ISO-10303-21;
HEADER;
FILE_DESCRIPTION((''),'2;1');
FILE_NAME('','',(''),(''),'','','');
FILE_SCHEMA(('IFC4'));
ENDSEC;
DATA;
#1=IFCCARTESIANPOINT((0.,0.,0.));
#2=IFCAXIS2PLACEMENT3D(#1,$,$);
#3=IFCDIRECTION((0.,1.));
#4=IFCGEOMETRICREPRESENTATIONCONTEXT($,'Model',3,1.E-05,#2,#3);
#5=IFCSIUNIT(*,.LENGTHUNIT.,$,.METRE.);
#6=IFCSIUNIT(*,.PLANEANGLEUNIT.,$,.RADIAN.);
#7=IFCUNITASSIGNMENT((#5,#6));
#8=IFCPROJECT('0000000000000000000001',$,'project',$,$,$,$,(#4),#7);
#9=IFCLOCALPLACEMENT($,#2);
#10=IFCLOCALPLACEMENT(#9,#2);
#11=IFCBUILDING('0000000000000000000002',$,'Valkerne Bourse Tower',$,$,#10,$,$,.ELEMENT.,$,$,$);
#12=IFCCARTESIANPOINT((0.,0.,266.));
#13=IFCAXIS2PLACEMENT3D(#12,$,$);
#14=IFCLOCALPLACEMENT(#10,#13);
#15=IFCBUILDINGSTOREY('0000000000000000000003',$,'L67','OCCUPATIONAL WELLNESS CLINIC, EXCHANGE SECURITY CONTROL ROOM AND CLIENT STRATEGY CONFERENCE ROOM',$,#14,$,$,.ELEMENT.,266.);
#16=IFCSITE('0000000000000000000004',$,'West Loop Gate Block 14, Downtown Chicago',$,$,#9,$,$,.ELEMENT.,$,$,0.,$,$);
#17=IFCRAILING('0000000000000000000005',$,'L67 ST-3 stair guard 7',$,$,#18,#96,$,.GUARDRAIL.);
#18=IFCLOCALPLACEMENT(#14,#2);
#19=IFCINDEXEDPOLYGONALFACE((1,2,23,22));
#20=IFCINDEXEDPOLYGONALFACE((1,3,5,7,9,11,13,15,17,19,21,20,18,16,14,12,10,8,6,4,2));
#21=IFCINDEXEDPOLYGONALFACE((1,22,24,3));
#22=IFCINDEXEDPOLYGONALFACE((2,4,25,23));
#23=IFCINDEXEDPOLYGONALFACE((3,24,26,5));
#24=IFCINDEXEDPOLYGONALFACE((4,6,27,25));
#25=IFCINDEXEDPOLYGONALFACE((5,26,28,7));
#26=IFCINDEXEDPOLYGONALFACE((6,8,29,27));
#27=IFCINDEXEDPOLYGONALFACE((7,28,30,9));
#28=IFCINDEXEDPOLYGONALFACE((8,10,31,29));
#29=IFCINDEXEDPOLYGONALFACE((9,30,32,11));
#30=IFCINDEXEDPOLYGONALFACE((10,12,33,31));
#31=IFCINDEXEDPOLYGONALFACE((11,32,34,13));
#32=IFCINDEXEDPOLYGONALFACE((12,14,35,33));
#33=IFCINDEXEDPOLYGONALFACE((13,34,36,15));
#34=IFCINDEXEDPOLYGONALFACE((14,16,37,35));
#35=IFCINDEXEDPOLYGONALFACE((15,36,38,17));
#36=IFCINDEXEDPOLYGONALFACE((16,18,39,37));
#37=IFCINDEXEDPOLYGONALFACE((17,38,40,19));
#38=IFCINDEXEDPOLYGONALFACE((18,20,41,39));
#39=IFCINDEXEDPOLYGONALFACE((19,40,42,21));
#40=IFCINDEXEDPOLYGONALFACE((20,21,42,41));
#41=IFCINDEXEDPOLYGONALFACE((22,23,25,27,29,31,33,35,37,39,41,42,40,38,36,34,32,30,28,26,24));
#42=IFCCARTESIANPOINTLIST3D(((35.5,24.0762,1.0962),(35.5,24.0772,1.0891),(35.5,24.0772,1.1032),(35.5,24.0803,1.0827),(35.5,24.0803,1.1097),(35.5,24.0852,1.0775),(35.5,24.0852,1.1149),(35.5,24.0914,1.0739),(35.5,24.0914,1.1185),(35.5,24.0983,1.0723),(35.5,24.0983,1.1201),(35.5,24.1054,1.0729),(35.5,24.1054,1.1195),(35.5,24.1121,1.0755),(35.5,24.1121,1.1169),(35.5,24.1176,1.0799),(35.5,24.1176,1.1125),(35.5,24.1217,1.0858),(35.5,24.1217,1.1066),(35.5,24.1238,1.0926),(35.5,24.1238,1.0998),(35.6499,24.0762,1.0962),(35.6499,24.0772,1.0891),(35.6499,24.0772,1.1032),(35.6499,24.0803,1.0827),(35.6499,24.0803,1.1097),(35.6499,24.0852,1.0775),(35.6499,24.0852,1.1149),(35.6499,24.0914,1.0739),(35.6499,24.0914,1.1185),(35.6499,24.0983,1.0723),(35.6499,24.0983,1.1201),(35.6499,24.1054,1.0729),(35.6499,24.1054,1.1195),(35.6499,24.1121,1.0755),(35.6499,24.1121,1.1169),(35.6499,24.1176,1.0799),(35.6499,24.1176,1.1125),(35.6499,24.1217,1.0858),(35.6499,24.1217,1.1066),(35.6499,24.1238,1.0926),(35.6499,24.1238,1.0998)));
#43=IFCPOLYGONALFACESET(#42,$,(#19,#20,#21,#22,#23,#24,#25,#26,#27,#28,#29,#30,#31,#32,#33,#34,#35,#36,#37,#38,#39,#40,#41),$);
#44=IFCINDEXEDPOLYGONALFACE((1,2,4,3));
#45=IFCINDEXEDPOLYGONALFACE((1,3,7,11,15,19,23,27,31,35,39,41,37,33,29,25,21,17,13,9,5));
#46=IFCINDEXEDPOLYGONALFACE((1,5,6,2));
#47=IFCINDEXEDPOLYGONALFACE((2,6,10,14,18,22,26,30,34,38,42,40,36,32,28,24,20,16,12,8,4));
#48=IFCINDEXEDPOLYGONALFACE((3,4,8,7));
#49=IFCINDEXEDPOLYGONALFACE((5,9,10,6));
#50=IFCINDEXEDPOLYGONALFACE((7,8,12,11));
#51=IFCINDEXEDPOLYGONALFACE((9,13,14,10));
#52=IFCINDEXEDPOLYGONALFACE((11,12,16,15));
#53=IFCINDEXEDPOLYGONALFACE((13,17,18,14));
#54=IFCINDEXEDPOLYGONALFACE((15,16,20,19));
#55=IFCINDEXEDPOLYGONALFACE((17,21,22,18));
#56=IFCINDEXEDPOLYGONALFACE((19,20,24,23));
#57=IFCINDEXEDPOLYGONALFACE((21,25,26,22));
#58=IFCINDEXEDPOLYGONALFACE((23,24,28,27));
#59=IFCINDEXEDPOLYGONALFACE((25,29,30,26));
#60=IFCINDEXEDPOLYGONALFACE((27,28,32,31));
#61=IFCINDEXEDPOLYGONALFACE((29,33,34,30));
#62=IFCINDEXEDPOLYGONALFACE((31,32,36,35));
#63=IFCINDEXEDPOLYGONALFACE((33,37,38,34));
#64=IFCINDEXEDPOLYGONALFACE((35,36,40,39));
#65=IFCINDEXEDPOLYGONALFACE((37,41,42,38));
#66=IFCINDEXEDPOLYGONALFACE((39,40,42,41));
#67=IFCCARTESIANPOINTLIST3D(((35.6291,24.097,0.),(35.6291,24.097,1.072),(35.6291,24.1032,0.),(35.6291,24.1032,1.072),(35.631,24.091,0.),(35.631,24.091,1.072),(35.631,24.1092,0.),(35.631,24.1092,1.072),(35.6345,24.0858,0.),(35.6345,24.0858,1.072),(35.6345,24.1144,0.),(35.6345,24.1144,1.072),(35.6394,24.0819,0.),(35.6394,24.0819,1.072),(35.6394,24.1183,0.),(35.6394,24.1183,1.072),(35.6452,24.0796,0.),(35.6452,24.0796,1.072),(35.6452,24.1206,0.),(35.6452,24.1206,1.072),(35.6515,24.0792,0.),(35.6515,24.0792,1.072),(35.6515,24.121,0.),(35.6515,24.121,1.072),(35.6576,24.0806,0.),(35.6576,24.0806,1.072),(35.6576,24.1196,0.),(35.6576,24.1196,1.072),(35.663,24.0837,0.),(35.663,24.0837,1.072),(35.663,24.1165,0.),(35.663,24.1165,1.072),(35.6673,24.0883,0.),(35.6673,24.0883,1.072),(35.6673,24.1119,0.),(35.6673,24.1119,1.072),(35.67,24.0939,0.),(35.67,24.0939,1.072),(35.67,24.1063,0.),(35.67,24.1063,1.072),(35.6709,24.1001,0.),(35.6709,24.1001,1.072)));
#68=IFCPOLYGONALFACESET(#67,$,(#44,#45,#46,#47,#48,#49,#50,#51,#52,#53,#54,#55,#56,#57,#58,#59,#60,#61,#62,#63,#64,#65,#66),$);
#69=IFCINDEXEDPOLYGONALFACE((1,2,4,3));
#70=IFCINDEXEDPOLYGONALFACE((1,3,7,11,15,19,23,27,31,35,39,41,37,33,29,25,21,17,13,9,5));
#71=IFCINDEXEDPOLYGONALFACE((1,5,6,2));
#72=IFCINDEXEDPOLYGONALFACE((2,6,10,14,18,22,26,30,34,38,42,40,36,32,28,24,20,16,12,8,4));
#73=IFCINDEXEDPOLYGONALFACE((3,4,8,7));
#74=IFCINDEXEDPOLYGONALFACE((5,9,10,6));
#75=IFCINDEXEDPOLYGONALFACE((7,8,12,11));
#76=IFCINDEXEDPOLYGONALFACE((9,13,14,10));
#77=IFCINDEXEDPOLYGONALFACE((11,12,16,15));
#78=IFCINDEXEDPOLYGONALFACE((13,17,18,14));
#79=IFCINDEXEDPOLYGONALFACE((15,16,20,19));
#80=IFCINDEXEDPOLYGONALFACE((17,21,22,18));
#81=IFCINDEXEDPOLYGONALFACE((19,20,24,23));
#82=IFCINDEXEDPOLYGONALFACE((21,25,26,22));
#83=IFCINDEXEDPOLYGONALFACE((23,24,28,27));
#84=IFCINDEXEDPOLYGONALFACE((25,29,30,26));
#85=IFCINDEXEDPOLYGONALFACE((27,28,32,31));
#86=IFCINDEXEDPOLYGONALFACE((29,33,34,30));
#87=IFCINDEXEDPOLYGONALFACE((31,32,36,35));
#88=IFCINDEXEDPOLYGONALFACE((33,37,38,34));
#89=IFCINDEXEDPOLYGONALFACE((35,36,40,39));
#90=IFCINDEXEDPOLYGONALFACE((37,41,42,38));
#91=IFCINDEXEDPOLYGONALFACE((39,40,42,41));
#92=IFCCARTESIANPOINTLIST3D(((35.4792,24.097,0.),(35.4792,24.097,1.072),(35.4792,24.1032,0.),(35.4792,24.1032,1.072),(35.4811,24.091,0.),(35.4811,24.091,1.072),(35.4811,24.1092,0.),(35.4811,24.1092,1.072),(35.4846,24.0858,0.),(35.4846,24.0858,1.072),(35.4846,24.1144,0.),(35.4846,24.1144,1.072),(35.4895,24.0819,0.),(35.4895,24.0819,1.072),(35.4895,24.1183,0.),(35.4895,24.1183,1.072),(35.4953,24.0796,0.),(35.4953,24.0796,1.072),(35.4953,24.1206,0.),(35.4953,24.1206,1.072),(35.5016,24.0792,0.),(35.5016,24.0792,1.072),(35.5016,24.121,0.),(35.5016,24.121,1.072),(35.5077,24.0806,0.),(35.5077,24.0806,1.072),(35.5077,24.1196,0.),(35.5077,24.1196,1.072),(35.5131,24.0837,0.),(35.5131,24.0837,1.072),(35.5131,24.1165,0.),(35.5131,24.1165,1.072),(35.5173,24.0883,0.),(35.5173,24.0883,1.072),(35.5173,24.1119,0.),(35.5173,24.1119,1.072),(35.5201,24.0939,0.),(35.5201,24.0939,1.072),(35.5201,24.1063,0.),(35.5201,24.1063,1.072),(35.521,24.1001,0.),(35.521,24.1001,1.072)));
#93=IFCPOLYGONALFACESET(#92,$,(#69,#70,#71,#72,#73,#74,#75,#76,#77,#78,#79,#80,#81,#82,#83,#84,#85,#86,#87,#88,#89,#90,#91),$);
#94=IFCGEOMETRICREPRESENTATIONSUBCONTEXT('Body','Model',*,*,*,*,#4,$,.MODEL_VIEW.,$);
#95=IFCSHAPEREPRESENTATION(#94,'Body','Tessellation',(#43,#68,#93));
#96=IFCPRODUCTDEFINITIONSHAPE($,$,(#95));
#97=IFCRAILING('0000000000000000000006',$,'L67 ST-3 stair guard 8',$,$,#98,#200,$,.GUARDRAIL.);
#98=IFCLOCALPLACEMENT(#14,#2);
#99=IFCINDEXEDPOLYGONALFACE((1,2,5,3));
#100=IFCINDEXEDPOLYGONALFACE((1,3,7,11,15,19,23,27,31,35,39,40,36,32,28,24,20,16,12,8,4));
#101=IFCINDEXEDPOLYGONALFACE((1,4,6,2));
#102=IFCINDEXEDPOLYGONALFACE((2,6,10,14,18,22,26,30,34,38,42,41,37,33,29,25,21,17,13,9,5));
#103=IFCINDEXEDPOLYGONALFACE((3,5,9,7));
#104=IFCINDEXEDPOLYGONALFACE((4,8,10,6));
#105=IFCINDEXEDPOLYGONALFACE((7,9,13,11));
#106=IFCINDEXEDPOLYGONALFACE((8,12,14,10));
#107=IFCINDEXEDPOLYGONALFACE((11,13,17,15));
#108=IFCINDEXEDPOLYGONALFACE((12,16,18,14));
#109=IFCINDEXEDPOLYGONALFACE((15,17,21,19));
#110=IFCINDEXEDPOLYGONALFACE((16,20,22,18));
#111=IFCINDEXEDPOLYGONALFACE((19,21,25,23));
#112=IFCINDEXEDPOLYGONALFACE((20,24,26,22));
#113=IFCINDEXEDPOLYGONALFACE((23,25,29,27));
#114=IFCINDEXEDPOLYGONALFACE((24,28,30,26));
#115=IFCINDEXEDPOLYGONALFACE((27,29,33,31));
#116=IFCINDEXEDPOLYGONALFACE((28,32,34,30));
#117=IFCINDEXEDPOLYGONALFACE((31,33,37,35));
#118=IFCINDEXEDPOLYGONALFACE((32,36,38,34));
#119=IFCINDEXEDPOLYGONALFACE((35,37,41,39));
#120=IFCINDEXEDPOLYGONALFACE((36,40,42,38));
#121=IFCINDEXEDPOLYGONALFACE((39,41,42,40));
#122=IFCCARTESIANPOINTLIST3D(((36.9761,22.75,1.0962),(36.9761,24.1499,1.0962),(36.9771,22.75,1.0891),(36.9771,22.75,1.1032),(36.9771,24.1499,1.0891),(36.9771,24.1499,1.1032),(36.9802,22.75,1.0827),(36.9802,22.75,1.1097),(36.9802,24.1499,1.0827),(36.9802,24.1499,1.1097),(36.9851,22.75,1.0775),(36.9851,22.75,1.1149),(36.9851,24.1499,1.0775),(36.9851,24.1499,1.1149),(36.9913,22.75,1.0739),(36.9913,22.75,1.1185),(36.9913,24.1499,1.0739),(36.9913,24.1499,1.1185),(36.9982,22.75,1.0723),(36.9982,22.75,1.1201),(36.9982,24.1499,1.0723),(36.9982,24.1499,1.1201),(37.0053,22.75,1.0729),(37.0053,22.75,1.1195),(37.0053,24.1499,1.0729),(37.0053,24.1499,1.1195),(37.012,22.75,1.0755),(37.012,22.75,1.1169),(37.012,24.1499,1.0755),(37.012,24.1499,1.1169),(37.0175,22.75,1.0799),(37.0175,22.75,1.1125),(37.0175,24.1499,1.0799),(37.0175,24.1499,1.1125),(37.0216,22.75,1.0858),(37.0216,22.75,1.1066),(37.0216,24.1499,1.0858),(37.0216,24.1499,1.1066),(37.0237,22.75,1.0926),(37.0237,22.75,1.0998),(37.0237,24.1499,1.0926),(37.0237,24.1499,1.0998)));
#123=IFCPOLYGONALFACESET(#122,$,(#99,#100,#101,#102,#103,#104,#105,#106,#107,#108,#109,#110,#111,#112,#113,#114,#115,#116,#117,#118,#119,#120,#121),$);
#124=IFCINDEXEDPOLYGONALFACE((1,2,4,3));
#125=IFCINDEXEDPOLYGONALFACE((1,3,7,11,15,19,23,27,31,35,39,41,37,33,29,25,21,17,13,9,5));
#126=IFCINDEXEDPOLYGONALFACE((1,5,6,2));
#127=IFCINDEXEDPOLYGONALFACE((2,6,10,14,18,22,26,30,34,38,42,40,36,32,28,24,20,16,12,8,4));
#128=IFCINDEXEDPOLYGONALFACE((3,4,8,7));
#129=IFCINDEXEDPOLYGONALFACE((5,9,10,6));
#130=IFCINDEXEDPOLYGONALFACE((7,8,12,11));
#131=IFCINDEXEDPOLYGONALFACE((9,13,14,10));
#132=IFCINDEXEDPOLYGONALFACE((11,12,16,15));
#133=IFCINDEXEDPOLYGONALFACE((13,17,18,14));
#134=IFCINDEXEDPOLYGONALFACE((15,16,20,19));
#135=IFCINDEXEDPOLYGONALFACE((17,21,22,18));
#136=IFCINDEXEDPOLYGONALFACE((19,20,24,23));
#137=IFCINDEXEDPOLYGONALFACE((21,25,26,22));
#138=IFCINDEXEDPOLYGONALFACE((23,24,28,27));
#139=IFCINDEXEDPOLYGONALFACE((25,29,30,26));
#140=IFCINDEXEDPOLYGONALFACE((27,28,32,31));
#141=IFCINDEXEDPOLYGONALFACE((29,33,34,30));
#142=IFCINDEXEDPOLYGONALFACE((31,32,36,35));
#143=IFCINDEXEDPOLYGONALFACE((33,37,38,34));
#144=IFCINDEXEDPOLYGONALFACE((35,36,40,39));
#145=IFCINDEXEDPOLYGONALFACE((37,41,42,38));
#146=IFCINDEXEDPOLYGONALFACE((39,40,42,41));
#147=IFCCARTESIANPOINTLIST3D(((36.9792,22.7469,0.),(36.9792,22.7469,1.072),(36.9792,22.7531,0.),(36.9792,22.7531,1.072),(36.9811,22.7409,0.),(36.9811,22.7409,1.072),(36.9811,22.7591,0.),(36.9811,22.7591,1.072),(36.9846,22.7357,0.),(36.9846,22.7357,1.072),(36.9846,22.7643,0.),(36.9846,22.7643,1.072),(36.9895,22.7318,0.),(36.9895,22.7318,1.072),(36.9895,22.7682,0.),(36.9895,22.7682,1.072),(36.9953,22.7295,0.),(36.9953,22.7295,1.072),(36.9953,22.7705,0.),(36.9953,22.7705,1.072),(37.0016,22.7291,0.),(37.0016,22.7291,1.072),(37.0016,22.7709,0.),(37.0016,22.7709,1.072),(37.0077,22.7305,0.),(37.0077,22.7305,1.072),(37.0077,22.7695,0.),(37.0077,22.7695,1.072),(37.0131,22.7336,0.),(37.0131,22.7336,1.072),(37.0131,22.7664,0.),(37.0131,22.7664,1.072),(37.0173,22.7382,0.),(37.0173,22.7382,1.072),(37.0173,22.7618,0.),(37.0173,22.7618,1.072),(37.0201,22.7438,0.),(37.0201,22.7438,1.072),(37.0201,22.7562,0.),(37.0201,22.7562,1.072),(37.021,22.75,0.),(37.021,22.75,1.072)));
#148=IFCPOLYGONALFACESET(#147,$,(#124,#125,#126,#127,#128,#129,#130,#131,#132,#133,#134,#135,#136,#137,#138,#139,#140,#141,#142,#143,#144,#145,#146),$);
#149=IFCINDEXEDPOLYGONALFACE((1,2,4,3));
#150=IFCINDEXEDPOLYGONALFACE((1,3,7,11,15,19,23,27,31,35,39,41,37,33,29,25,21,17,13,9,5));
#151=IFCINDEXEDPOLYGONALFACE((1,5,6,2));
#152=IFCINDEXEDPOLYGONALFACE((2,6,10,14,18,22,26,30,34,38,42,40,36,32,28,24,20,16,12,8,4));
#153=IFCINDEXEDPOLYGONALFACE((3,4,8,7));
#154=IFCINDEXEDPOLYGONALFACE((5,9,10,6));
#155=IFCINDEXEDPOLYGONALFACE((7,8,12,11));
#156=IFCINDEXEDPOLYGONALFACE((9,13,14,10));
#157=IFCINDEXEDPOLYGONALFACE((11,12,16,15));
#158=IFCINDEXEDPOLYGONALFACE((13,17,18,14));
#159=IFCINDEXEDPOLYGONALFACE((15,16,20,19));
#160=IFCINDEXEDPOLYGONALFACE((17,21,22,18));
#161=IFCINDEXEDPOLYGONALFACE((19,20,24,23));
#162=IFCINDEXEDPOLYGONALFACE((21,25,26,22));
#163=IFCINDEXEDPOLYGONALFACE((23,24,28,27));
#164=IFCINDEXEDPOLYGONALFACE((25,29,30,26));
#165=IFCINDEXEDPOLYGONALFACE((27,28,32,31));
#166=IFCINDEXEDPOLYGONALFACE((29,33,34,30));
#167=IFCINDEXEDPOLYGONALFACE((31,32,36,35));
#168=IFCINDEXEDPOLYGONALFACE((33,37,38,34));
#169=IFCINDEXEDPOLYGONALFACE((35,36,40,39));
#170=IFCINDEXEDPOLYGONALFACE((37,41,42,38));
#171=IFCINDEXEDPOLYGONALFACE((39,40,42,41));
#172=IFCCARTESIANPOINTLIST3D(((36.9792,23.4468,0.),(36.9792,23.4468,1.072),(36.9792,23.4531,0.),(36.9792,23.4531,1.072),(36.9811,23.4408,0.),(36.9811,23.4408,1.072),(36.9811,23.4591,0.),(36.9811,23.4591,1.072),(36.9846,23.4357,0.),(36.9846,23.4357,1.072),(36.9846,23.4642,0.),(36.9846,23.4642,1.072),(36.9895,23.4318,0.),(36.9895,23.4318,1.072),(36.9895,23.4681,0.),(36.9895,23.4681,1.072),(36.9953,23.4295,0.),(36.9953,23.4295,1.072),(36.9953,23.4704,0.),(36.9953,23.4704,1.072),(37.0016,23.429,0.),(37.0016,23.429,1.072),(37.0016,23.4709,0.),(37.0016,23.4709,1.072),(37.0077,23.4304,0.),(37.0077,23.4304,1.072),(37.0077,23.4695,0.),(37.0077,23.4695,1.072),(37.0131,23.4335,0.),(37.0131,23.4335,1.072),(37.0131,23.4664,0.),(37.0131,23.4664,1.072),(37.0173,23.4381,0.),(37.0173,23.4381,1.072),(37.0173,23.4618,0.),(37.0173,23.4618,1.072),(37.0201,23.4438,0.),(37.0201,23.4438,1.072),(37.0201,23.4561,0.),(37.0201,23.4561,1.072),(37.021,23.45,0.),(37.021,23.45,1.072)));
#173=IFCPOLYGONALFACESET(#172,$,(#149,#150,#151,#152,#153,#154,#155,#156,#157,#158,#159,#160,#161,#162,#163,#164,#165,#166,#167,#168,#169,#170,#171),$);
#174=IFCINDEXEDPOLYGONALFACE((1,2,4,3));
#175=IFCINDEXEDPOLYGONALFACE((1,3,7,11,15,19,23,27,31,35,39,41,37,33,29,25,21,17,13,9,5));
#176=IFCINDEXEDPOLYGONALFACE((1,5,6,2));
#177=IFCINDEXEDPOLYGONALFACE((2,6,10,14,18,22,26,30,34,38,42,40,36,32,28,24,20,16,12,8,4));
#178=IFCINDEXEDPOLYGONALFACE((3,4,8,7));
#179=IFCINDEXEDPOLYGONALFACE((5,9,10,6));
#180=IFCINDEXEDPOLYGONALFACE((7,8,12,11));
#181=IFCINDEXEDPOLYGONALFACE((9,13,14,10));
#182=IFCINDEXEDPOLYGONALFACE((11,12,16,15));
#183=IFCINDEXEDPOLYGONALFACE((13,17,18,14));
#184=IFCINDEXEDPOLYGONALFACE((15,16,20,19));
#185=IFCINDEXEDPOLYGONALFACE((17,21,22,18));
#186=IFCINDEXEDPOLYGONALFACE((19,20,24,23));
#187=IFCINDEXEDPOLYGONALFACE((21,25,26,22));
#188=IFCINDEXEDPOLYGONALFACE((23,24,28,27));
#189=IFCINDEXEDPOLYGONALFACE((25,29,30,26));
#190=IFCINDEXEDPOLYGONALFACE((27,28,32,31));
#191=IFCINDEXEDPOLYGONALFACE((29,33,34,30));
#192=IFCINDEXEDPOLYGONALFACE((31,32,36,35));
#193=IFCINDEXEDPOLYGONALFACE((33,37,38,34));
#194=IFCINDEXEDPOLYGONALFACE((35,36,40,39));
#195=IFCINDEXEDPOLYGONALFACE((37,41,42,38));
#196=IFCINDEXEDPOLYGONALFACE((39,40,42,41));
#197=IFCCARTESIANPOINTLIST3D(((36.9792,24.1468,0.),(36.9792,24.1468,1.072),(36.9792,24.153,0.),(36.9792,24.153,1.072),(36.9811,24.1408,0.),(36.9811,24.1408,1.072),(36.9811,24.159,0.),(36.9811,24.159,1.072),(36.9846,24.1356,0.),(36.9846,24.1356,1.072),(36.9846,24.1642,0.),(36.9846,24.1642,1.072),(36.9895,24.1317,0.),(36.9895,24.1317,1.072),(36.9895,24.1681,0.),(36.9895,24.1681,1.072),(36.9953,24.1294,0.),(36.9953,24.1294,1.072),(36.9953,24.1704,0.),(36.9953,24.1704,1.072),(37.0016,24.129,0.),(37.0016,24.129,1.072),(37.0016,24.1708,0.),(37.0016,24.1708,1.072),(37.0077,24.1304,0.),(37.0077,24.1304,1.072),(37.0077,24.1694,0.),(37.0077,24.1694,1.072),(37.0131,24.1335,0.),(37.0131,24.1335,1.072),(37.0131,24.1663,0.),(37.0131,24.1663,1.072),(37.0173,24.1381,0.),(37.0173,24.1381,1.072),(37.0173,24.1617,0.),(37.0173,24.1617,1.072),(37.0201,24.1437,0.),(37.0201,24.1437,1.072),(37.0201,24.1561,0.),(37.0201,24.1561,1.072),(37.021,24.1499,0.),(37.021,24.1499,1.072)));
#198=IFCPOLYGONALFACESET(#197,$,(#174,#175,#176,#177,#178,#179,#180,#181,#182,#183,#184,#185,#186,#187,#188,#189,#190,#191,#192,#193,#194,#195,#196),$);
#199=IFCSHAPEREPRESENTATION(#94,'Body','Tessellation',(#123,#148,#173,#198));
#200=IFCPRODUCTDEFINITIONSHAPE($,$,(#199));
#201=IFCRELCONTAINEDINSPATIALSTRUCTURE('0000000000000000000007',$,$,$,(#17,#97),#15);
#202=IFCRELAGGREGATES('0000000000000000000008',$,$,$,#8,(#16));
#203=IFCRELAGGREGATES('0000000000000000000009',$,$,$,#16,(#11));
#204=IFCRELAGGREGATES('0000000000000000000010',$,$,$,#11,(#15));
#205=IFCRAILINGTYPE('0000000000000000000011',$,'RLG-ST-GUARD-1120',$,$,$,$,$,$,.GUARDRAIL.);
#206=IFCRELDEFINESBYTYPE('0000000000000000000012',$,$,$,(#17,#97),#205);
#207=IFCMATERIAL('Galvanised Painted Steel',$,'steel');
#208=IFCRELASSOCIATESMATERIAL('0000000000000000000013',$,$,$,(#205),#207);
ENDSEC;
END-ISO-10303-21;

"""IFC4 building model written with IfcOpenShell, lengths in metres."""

from ifc_helpers import new_model, si_unit, direction, frame, origin, origin_2d, place, context, subcontext, project, spatial, circle, extrude, material, type_object, element, save


model = new_model("IFC4")

# Units and contexts
model_context = context("Model", 3, precision=1e-05, world=origin(), true_north=direction((0.0, 1.0)))
body_context = subcontext(model_context, "Body", "Model", "MODEL_VIEW")
ifc_project = project(units=[si_unit("LENGTHUNIT", "METRE"), si_unit("PLANEANGLEUNIT", "RADIAN")], contexts=[model_context])

# Site, building, storey
site_placement = place(None, origin())
site = spatial("IfcSite", under=ifc_project, at=site_placement, Name="West Loop Gate Block 14, Downtown Chicago", CompositionType="ELEMENT", RefElevation=0.0)
building_placement = place(site_placement, origin())
building = spatial("IfcBuilding", under=site, at=building_placement, Name="Valkerne Bourse Tower", CompositionType="ELEMENT")
storey_placement = place(building_placement, frame((0.0, 0.0, 266.0)))
storey = spatial("IfcBuildingStorey", under=building, at=storey_placement, Name="L67", Description="OCCUPATIONAL WELLNESS CLINIC, EXCHANGE SECURITY CONTROL ROOM AND CLIENT STRATEGY CONFERENCE ROOM", CompositionType="ELEMENT", Elevation=266.0)

# Railings
ifc_material_1 = material(Name="Galvanised Painted Steel", Category="steel")
railing_type_1 = type_object("IfcRailingType", Name="RLG-ST-GUARD-1120", PredefinedType="GUARDRAIL", material=ifc_material_1)
railing_1_placement = place(storey_placement, frame((35.6499, 24.1001, 0.0)))
element("IfcRailing", 1, at=railing_1_placement, inside=storey, type_object=railing_type_1, Name="L67 ST-3 stair guard 7", PredefinedType="GUARDRAIL", context=body_context, shape_type="SweptSolid", body=[
    extrude(circle(Radius=0.0239, at=origin_2d()), frame((0.0, 0.0, 1.0962), z_axis=(-1.0, 0.0, 0.0), x_axis=(0.0, -1.0, 0.0)), (0.0, 0.0, 1.0), 0.1499),
    extrude(circle(Radius=0.021, at=origin_2d()), origin(), (0.0, 0.0, 1.0), 1.072),
    extrude(circle(Radius=0.021, at=origin_2d()), frame((-0.1499, 0.0, 0.0)), (0.0, 0.0, 1.0), 1.072),
])
railing_2_placement = place(storey_placement, frame((37.0, 22.75, 0.0)))
element("IfcRailing", 2, at=railing_2_placement, inside=storey, type_object=railing_type_1, Name="L67 ST-3 stair guard 8", PredefinedType="GUARDRAIL", context=body_context, shape_type="SweptSolid", body=[
    extrude(circle(Radius=0.0239, at=origin_2d()), frame((0.0, 0.0, 1.0962), z_axis=(0.0, 1.0, 0.0), x_axis=(-1.0, 0.0, 0.0)), (0.0, 0.0, 1.0), 1.3999),
    extrude(circle(Radius=0.021, at=origin_2d()), origin(), (0.0, 0.0, 1.0), 1.072),
    extrude(circle(Radius=0.021, at=origin_2d()), frame((0.0, 0.7, 0.0)), (0.0, 0.0, 1.0), 1.072),
    extrude(circle(Radius=0.021, at=origin_2d()), frame((0.0, 1.3999, 0.0)), (0.0, 0.0, 1.0), 1.072),
])

save(model, "model.ifc")
